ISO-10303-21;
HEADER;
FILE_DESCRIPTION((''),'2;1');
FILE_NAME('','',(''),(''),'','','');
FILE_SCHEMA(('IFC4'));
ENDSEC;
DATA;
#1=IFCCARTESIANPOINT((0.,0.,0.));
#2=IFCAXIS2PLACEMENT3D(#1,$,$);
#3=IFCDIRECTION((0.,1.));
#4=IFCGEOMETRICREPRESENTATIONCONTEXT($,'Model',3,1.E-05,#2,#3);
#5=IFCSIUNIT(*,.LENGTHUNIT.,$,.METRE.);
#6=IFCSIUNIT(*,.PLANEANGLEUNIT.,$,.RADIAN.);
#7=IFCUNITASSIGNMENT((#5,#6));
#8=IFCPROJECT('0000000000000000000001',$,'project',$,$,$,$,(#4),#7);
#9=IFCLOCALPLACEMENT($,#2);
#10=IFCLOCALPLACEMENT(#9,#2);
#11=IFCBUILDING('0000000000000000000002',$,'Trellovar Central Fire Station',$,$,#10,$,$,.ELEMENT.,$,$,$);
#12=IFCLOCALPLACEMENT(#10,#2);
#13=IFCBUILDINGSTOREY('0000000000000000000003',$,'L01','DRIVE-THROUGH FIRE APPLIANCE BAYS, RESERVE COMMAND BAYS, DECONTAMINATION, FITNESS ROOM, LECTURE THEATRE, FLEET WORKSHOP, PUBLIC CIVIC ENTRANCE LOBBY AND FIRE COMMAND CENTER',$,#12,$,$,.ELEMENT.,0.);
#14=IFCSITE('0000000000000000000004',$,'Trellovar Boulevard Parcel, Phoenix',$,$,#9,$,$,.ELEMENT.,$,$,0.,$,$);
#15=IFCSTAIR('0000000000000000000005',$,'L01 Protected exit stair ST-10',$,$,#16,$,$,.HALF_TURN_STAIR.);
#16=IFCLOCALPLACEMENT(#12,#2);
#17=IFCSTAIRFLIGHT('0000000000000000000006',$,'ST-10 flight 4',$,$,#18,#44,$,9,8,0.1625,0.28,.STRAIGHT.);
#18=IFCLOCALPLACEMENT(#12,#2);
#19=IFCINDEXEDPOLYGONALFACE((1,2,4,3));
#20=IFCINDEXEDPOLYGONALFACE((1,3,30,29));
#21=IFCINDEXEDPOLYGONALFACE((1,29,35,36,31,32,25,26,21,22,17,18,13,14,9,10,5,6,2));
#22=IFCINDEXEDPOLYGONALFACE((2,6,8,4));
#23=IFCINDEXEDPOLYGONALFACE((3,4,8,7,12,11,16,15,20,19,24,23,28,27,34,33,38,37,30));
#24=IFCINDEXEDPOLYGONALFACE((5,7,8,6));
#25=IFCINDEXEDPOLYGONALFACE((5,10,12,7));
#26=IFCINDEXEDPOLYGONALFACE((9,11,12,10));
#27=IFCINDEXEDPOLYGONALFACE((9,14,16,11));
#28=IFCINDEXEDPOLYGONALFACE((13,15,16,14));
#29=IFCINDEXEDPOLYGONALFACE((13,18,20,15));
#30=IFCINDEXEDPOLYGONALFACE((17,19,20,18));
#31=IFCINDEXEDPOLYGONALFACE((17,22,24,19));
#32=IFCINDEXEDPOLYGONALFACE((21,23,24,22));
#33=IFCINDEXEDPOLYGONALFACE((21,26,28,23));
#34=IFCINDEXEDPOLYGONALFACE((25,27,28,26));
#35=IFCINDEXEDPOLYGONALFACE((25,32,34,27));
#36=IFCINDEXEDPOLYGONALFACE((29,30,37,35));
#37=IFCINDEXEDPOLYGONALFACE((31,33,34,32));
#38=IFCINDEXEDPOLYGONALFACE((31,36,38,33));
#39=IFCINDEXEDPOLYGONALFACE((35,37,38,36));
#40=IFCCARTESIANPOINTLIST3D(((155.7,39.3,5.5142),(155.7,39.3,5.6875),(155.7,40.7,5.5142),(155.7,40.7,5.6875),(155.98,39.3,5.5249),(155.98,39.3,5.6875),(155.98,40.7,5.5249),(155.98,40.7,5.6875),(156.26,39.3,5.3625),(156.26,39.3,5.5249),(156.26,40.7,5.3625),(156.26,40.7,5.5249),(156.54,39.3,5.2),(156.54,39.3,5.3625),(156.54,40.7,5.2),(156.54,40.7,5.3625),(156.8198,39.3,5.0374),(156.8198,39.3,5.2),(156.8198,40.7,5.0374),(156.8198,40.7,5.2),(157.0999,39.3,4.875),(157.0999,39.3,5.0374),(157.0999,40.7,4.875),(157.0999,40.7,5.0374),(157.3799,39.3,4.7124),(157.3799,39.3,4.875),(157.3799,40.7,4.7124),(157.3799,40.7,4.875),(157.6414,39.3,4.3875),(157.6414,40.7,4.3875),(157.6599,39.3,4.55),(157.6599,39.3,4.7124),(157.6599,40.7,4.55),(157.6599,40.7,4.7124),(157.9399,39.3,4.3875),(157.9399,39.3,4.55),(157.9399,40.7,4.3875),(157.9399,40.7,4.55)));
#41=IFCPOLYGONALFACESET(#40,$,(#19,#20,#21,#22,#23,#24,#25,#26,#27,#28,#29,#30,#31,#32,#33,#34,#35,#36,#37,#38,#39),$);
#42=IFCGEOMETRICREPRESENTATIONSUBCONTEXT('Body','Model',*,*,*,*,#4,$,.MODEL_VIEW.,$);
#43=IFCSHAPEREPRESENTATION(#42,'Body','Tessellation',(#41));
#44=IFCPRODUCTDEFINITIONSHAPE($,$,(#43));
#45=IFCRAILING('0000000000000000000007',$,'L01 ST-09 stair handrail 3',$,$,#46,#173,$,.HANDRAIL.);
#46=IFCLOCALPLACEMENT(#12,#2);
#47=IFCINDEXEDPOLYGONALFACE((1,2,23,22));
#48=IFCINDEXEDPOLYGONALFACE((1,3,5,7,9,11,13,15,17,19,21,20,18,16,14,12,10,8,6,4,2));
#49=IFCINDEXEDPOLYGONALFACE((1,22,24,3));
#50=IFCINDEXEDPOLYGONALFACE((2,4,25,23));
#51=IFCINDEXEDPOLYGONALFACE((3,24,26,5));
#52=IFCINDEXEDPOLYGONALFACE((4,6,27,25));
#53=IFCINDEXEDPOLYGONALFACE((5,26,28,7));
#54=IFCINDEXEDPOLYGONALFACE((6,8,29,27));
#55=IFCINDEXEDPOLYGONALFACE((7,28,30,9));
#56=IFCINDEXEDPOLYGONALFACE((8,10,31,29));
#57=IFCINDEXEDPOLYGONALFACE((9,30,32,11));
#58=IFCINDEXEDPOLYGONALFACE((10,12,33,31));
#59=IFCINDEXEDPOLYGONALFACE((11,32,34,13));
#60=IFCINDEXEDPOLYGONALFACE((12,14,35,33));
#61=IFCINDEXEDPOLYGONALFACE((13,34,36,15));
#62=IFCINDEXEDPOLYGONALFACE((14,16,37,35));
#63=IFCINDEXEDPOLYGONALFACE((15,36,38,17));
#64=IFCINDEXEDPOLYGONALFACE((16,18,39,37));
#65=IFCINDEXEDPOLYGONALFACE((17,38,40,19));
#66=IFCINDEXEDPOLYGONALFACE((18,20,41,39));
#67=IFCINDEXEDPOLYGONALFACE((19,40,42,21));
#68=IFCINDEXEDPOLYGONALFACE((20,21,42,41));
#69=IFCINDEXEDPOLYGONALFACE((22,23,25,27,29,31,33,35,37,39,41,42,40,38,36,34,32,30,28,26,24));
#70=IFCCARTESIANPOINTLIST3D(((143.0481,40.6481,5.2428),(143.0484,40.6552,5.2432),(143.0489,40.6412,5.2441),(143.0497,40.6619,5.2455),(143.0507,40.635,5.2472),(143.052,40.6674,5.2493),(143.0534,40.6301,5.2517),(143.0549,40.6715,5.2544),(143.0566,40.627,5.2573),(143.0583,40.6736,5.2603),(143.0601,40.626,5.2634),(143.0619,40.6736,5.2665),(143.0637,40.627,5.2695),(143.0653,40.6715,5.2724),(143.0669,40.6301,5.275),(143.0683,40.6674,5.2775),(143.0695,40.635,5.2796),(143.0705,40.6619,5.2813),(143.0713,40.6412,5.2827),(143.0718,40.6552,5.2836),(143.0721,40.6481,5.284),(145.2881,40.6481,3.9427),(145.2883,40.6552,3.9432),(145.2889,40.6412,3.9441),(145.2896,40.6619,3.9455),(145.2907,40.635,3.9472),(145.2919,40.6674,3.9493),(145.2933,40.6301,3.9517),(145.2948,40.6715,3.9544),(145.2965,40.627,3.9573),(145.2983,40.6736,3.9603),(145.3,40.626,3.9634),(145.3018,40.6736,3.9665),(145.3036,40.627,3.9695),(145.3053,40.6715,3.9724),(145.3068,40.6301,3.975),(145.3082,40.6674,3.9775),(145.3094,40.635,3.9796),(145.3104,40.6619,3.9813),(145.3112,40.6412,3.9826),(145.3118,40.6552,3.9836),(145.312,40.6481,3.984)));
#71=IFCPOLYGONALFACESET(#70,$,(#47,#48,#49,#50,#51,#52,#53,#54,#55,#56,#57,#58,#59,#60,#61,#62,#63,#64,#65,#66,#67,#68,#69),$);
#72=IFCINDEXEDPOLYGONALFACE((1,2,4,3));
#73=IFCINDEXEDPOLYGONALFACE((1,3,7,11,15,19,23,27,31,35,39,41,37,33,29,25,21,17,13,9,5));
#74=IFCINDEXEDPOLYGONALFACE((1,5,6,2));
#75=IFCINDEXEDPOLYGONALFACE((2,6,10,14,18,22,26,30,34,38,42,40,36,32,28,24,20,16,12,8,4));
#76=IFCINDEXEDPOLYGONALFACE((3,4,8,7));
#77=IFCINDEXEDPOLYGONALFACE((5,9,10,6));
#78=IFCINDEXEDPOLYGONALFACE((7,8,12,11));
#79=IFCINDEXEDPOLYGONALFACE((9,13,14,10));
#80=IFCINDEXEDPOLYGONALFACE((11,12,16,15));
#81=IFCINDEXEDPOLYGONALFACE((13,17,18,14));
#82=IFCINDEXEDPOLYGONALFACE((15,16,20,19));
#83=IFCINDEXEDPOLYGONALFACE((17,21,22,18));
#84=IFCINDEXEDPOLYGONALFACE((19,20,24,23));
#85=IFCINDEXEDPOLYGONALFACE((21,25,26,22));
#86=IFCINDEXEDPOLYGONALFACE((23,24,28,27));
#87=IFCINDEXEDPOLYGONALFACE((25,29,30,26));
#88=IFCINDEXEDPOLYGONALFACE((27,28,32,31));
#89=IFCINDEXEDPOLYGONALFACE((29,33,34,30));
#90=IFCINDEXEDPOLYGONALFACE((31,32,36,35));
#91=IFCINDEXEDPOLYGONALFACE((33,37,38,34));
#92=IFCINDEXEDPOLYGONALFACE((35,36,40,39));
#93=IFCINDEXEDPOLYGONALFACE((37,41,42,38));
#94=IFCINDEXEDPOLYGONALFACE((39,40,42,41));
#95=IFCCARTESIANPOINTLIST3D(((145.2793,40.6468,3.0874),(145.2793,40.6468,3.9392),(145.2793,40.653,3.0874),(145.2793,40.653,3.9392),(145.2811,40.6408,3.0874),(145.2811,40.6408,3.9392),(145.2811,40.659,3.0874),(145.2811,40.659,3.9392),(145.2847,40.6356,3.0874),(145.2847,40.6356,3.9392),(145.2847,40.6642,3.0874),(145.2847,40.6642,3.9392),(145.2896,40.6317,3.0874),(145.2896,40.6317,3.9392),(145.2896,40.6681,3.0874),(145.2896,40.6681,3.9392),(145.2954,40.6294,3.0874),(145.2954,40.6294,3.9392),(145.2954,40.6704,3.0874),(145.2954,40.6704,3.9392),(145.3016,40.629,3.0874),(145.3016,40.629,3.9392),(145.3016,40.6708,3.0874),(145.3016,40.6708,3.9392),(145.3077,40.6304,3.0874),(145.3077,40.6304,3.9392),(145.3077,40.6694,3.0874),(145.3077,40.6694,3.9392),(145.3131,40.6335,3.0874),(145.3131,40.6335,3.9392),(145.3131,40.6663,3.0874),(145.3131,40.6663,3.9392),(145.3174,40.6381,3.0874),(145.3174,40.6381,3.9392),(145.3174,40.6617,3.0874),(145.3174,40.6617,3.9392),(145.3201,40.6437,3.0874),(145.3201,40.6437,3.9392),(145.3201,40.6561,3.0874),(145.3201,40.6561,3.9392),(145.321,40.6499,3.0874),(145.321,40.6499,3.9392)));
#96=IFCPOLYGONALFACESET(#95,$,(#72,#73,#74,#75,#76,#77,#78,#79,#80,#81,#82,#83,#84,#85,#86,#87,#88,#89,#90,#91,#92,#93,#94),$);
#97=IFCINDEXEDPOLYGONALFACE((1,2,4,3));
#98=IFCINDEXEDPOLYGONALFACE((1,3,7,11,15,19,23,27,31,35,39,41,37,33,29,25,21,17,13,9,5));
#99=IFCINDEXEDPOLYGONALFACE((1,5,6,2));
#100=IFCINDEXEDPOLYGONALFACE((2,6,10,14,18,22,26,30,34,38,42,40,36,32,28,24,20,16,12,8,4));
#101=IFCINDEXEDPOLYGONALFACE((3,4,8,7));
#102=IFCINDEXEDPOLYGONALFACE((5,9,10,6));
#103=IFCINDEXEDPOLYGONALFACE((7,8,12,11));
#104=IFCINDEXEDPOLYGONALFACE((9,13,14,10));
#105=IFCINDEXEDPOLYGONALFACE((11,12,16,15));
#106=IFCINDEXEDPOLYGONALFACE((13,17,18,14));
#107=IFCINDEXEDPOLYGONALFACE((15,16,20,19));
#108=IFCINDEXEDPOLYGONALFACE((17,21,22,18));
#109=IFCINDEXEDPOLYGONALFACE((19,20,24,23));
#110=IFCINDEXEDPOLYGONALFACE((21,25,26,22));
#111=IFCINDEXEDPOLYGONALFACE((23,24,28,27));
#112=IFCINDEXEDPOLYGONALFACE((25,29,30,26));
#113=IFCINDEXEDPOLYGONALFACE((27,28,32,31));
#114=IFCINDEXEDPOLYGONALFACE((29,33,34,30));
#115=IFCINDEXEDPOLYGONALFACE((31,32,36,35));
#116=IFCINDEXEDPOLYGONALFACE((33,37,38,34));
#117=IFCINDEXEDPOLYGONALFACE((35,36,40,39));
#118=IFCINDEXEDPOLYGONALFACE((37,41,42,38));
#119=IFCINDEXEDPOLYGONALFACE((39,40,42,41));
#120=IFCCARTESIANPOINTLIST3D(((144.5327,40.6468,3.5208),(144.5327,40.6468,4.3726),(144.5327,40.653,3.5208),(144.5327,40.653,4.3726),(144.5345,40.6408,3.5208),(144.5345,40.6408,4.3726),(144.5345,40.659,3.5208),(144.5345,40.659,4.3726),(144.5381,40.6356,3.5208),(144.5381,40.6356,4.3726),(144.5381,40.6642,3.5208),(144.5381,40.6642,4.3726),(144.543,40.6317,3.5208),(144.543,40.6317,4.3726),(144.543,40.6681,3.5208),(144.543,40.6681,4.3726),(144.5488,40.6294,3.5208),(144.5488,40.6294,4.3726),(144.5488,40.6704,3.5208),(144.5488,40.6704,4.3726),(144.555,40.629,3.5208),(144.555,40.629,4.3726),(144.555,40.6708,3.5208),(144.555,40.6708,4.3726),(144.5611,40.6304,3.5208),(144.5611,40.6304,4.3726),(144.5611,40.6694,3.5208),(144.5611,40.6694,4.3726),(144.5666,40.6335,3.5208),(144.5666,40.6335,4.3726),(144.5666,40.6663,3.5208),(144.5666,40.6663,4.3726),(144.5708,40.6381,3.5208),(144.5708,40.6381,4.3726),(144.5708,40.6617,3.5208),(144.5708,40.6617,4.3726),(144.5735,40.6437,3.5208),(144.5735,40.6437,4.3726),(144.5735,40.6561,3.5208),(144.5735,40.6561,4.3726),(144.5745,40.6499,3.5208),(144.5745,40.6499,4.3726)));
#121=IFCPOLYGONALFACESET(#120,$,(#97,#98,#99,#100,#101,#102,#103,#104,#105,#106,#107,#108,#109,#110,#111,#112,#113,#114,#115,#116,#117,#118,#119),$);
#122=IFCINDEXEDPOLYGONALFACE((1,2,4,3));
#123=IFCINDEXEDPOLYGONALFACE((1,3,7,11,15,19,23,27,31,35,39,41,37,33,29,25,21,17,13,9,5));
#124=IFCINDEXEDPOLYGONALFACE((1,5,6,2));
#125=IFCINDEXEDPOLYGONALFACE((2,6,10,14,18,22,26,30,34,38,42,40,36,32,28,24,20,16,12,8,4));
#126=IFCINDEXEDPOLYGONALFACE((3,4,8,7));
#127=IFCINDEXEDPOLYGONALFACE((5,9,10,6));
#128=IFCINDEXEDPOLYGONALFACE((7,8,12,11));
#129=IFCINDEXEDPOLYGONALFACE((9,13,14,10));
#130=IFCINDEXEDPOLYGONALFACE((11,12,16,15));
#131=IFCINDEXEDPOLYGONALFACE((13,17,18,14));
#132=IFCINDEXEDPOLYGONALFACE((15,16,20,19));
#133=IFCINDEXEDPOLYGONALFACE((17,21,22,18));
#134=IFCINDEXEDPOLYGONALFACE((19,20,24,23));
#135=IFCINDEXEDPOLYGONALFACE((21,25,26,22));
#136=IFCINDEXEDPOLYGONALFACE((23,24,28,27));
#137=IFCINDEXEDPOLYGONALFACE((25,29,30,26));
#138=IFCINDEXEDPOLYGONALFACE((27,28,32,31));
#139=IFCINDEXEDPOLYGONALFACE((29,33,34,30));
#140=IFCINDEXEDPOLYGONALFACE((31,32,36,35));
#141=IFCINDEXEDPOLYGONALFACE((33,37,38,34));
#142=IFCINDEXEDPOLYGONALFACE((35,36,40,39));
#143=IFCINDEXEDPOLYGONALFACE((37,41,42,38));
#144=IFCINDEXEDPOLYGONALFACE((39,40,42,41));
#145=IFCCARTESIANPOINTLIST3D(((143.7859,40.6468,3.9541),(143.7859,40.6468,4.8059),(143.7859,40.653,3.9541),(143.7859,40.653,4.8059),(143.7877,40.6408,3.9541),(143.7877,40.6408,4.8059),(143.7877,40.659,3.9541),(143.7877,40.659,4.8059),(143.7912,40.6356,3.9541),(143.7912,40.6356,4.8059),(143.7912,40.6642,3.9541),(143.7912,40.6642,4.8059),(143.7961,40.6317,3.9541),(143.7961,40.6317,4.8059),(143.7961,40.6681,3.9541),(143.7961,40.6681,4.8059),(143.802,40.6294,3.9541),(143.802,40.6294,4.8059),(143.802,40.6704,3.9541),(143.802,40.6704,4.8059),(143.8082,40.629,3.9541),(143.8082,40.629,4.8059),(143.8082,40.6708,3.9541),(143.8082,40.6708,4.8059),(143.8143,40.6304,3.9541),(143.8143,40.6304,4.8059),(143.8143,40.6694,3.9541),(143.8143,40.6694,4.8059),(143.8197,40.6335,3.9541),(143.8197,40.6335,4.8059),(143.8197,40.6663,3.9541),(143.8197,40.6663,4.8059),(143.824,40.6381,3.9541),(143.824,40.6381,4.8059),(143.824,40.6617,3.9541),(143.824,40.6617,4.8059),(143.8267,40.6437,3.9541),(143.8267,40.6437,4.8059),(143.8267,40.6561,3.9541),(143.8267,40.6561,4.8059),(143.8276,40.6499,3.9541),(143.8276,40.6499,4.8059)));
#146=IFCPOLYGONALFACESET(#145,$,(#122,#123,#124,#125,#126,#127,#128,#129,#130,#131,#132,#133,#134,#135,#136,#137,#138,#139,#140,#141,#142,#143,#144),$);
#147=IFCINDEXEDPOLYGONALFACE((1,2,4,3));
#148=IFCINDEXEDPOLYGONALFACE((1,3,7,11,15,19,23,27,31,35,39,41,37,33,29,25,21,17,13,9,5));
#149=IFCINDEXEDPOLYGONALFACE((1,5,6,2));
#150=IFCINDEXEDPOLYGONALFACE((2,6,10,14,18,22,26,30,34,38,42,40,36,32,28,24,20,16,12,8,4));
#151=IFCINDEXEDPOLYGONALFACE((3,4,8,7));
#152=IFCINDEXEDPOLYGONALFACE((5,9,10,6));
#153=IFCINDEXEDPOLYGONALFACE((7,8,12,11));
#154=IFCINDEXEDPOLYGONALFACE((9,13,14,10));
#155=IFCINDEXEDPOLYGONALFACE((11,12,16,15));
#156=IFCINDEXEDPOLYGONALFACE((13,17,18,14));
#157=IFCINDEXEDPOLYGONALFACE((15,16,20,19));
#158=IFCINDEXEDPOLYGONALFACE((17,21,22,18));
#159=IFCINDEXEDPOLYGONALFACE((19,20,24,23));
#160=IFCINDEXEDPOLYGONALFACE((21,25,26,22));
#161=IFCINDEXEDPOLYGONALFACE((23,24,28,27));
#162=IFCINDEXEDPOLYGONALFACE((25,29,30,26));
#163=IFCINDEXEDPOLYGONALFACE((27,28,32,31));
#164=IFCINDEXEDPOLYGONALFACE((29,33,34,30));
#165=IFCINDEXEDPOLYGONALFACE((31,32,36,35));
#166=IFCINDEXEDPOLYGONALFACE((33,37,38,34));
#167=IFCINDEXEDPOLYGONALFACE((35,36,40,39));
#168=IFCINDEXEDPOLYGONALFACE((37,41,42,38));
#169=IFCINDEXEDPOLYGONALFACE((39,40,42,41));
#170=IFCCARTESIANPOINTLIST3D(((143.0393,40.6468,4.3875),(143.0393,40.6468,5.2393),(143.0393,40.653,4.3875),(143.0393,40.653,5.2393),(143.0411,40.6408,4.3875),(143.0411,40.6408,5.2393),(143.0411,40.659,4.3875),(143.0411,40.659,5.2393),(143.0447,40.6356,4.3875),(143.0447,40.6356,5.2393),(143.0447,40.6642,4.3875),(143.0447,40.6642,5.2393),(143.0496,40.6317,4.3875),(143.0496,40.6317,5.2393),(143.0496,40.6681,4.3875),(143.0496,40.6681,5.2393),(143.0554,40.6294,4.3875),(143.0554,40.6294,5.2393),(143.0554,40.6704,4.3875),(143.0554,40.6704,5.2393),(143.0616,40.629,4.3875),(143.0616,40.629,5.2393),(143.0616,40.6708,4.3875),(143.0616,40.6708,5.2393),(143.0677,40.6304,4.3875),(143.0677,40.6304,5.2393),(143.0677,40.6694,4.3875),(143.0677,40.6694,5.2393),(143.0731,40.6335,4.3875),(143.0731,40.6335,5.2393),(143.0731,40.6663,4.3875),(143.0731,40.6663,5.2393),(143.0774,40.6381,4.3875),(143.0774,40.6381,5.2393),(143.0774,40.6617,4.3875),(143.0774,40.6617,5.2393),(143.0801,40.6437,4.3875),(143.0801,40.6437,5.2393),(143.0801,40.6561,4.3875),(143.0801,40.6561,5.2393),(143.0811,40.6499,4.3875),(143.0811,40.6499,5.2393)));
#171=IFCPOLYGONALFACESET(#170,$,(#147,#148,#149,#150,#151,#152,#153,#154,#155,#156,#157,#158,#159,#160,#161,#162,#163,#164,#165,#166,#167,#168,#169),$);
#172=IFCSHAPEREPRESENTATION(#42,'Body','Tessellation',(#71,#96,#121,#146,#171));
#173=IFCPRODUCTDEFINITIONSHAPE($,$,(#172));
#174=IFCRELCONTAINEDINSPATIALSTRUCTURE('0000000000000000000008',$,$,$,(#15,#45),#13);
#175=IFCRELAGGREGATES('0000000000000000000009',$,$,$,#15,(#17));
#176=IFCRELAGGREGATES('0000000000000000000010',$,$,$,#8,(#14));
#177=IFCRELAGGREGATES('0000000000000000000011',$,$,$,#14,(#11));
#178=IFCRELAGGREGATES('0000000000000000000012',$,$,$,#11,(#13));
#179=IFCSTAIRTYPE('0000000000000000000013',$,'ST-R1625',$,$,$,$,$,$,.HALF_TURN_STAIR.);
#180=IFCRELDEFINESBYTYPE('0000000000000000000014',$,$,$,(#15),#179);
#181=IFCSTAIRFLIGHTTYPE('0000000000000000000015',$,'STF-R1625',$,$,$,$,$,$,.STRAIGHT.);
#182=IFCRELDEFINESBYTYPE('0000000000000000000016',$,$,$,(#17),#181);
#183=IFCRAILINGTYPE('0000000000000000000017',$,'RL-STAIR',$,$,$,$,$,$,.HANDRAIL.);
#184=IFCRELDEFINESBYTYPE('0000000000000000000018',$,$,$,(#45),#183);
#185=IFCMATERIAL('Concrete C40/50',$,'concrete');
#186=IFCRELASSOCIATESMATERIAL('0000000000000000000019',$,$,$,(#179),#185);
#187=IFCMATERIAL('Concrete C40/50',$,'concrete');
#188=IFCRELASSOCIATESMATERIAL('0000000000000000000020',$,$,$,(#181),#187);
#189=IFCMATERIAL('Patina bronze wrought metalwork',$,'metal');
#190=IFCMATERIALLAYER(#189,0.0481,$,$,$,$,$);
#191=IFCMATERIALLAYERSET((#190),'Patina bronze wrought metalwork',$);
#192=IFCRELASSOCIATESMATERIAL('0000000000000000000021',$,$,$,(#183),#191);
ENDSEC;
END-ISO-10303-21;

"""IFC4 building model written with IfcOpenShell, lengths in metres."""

from ifc_helpers import new_model, si_unit, direction, frame, origin, origin_2d, place, context, subcontext, project, spatial, polyline, circle, outline, extrude, material, layer, layer_set, type_object, element, aggregate, save


model = new_model("IFC4")

# Units and contexts
model_context = context("Model", 3, precision=1e-05, world=origin(), true_north=direction((0.0, 1.0)))
body_context = subcontext(model_context, "Body", "Model", "MODEL_VIEW")
ifc_project = project(units=[si_unit("LENGTHUNIT", "METRE"), si_unit("PLANEANGLEUNIT", "RADIAN")], contexts=[model_context])

# Site, building, storey
site_placement = place(None, origin())
site = spatial("IfcSite", under=ifc_project, at=site_placement, Name="Trellovar Boulevard Parcel, Phoenix", CompositionType="ELEMENT", RefElevation=0.0)
building_placement = place(site_placement, origin())
building = spatial("IfcBuilding", under=site, at=building_placement, Name="Trellovar Central Fire Station", CompositionType="ELEMENT")
storey_placement = place(building_placement, origin())
storey = spatial("IfcBuildingStorey", under=building, at=storey_placement, Name="L01", Description="DRIVE-THROUGH FIRE APPLIANCE BAYS, RESERVE COMMAND BAYS, DECONTAMINATION, FITNESS ROOM, LECTURE THEATRE, FLEET WORKSHOP, PUBLIC CIVIC ENTRANCE LOBBY AND FIRE COMMAND CENTER", CompositionType="ELEMENT", Elevation=0.0)

# Stair, stair flight
ifc_material_1 = material(Name="Concrete C40/50", Category="concrete")
stair_type = type_object("IfcStairType", Name="ST-R1625", PredefinedType="HALF_TURN_STAIR", material=ifc_material_1)
stair_placement = place(storey_placement, origin())
stair = element("IfcStair", 1, at=stair_placement, inside=storey, type_object=stair_type, Name="L01 Protected exit stair ST-10", PredefinedType="HALF_TURN_STAIR")
ifc_material_2 = material(Name="Concrete C40/50", Category="concrete")
stair_flight_type = type_object("IfcStairFlightType", Name="STF-R1625", PredefinedType="STRAIGHT", material=ifc_material_2)
stair_flight_1_placement = place(storey_placement, frame((157.9399, 40.0, 4.3875), z_axis=(0.0, 0.0, 1.0), x_axis=(-1.0, 0.0, 0.0)))
stair_flight_1 = element("IfcStairFlight", 2, at=stair_flight_1_placement, type_object=stair_flight_type, Name="ST-10 flight 4", NumberOfRisers=9, NumberOfTreads=8, PredefinedType="STRAIGHT", RiserHeight=0.1625, TreadLength=0.28, context=body_context, shape_type="SweptSolid", body=[
    extrude(outline(polyline([(0.0, 0.0), (0.0, 0.1626), (0.28, 0.1626), (0.28, 0.325), (0.5601, 0.325), (0.5601, 0.4875), (0.8401, 0.4875), (0.8401, 0.6499), (1.1201, 0.6499), (1.1201, 0.8125), (1.3999, 0.8125), (1.3999, 0.9751), (1.6799, 0.9751), (1.6799, 1.1375), (1.96, 1.1375), (1.96, 1.3), (2.24, 1.3), (2.24, 1.4624), (2.24, 1.1267), (0.2986, 0.0), (0.0, 0.0)])), frame((0.0, 0.7, 0.0), z_axis=(0.0, -1.0, 0.0), x_axis=(1.0, 0.0, 0.0)), (0.0, 0.0, 1.0), 1.3999),
])
aggregate(stair, [stair_flight_1])

# Railing
ifc_material_3 = material(Name="Patina bronze wrought metalwork", Category="metal")
ifc_layer_1 = layer(ifc_material_3, 0.0481)
ifc_layer_set_1 = layer_set([ifc_layer_1], Name="Patina bronze wrought metalwork")
railing_type_1 = type_object("IfcRailingType", Name="RL-STAIR", PredefinedType="HANDRAIL", material=ifc_layer_set_1)
for number, where, name in (
    (3, (145.3, 40.6499, 3.0874), "L01 ST-09 stair handrail 3"),
):
    element("IfcRailing", number, at=place(storey_placement, frame(where)), inside=storey, type_object=railing_type_1, Name=name, PredefinedType="HANDRAIL", context=body_context, shape_type="SweptSolid", body=[
        extrude(circle(Radius=0.0239, at=origin_2d()), frame((0.0, 0.0, 0.876), z_axis=(-0.864888, 0.0, 0.501965), x_axis=(0.0, -1.0, 0.0)), (0.0, 0.0, 1.0), 2.5898),
        extrude(circle(Radius=0.021, at=origin_2d()), origin(), (0.0, 0.0, 1.0), 0.8518),
        extrude(circle(Radius=0.021, at=origin_2d()), frame((-0.7466, 0.0, 0.4333)), (0.0, 0.0, 1.0), 0.8518),
        extrude(circle(Radius=0.021, at=origin_2d()), frame((-1.4934, 0.0, 0.8667)), (0.0, 0.0, 1.0), 0.8518),
        extrude(circle(Radius=0.021, at=origin_2d()), frame((-2.24, 0.0, 1.3)), (0.0, 0.0, 1.0), 0.8518),
    ])

save(model, "model.ifc")
